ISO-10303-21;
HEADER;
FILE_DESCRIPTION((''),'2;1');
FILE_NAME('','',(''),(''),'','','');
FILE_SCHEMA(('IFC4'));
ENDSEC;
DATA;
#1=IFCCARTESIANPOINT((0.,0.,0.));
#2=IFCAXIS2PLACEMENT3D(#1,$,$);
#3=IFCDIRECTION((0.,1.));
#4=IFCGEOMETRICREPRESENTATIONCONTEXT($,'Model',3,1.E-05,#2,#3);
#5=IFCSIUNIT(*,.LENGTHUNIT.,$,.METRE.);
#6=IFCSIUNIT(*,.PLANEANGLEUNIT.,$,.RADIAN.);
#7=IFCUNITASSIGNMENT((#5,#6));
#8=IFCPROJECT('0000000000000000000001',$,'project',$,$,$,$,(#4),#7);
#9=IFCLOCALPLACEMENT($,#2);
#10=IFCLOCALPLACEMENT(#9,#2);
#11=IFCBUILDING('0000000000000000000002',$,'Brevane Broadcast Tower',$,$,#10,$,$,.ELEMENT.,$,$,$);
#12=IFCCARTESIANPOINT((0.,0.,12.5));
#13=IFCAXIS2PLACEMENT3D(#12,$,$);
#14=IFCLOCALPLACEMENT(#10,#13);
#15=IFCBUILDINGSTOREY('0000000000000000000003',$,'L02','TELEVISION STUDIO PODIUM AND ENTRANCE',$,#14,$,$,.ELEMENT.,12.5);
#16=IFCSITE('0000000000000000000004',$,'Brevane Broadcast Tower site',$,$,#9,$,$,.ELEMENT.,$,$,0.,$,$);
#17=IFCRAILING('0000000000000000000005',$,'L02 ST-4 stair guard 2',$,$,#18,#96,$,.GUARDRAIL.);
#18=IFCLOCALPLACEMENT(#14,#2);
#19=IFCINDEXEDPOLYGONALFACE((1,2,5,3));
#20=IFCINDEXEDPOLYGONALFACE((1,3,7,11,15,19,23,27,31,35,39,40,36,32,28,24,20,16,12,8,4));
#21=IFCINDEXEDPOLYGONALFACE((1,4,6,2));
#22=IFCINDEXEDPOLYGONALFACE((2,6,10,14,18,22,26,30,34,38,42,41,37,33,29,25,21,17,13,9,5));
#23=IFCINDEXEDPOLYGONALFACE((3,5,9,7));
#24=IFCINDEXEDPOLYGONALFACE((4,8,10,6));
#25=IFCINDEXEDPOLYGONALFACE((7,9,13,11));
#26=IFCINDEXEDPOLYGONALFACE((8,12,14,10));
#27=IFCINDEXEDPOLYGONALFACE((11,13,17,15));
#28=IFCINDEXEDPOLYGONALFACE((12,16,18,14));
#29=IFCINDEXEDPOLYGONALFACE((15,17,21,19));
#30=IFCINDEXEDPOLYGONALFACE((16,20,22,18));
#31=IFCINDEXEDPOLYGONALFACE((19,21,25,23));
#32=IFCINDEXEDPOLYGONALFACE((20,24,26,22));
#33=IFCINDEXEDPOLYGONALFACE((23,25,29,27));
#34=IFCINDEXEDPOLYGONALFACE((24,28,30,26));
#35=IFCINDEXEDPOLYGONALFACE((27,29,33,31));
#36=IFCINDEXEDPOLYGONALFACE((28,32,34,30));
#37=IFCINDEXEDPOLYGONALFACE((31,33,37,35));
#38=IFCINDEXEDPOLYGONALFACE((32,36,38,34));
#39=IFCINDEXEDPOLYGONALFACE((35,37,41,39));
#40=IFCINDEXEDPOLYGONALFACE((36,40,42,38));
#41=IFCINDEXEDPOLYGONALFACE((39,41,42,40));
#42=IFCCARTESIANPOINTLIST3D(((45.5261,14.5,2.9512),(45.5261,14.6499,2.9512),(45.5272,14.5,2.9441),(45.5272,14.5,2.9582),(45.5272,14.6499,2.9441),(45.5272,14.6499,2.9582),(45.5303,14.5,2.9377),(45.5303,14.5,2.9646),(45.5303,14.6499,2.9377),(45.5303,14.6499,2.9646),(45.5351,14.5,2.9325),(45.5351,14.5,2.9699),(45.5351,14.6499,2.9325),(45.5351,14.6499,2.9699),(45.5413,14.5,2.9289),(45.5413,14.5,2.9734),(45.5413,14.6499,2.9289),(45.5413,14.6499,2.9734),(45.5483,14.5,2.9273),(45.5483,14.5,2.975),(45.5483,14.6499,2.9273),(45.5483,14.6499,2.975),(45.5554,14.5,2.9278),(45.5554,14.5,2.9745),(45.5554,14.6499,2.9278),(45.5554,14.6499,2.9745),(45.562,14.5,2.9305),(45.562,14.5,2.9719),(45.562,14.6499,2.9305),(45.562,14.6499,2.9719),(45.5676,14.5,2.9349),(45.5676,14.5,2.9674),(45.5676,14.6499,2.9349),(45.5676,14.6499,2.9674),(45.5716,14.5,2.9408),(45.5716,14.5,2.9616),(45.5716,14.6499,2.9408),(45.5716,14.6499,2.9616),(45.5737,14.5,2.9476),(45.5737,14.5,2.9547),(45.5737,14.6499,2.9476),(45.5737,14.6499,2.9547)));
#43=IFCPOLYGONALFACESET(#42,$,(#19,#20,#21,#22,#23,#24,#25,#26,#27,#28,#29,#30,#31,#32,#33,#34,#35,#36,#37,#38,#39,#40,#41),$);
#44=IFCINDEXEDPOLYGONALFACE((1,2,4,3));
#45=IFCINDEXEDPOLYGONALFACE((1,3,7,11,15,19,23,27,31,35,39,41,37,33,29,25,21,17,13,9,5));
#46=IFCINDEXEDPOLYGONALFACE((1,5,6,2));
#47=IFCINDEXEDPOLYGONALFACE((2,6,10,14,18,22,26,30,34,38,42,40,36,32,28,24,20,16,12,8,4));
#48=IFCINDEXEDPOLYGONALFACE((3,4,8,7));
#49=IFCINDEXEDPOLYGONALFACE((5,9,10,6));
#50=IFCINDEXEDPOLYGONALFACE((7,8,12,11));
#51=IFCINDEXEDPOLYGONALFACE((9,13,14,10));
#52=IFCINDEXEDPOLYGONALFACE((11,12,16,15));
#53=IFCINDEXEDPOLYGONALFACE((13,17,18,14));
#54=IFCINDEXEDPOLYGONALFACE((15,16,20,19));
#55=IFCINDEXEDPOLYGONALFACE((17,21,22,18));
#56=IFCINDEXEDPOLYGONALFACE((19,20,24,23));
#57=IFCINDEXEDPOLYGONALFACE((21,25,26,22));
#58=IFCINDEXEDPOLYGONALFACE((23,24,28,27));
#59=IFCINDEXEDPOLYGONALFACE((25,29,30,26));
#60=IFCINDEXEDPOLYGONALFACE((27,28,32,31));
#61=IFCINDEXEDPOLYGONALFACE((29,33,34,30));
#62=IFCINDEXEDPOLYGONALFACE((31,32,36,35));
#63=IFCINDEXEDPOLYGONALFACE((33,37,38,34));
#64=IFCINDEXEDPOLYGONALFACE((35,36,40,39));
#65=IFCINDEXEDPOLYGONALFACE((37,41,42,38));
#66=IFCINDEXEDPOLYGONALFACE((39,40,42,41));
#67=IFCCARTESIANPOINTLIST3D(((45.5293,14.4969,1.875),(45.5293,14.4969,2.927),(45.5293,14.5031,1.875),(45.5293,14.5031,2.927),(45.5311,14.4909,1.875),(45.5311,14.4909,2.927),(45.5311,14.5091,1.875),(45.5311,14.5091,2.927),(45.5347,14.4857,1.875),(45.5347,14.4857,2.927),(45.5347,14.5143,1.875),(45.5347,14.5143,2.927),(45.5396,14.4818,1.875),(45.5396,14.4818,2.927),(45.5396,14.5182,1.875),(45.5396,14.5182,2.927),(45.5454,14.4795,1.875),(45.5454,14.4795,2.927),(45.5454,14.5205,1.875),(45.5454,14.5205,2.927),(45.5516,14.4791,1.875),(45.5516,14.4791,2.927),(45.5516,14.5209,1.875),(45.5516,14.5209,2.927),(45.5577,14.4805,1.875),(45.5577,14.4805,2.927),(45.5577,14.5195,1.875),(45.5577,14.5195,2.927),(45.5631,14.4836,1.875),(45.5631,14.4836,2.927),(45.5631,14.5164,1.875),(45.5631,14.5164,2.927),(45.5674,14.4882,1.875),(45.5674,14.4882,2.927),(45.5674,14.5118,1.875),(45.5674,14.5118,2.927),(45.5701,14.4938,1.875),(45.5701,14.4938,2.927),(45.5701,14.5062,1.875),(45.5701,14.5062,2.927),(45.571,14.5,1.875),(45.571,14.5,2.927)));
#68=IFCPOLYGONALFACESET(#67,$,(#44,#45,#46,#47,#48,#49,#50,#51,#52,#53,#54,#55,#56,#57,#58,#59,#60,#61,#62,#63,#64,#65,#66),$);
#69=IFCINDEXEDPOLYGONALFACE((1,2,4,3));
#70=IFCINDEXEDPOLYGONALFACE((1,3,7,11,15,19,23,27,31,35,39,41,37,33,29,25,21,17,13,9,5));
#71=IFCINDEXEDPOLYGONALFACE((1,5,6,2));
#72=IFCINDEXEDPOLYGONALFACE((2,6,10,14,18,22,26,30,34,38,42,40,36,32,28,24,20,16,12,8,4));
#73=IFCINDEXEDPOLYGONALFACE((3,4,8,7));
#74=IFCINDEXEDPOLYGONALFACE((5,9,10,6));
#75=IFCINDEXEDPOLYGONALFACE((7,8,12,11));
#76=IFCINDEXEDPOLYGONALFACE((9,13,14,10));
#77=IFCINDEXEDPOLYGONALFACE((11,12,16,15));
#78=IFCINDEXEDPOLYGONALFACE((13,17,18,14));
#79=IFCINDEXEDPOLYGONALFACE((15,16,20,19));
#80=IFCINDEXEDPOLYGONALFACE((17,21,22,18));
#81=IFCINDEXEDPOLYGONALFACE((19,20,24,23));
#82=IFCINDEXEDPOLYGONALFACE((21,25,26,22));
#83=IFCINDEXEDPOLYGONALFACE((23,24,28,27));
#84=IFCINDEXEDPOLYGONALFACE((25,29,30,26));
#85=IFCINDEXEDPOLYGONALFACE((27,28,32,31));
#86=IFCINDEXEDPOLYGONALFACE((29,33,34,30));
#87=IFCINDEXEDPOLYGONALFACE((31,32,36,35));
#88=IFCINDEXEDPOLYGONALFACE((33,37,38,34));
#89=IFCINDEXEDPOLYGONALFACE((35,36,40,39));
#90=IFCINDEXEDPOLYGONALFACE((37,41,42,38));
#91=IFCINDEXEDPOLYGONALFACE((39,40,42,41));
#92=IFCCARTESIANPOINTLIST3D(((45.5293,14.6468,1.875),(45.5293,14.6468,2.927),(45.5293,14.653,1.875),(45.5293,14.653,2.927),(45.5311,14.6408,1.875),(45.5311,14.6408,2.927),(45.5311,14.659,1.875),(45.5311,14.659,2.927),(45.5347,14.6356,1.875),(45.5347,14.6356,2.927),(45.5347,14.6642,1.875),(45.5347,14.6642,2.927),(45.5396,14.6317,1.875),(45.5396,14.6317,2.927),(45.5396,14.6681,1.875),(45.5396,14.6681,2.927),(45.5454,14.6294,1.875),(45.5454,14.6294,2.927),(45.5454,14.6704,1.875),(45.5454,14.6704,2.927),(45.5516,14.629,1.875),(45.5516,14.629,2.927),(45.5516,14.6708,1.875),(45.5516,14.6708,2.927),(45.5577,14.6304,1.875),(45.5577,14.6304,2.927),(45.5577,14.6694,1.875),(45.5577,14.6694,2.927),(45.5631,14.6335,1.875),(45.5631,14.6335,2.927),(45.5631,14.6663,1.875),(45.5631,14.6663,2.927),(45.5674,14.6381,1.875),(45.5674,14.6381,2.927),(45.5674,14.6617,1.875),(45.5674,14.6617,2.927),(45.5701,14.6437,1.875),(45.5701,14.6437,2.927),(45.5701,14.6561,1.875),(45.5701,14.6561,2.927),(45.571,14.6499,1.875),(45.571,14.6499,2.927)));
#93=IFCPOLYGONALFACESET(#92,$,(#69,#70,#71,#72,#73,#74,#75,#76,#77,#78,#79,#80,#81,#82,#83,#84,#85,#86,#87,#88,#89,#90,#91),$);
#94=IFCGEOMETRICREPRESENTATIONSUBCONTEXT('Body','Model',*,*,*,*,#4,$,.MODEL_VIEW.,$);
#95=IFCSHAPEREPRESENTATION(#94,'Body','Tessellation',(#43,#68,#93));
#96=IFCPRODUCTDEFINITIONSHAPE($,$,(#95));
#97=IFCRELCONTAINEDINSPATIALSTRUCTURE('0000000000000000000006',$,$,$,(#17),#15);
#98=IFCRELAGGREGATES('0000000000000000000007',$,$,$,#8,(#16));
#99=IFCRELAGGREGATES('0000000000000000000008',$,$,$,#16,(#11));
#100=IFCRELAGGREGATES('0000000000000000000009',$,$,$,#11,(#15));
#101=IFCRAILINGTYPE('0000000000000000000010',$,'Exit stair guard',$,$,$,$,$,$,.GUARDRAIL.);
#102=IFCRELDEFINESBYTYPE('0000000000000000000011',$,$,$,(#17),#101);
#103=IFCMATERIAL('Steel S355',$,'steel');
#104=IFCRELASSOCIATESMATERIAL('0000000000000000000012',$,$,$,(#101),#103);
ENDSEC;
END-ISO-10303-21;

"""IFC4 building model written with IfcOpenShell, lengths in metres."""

from ifc_helpers import new_model, si_unit, direction, frame, origin, origin_2d, place, context, subcontext, project, spatial, circle, extrude, material, type_object, element, save


model = new_model("IFC4")

# Units and contexts
model_context = context("Model", 3, precision=1e-05, world=origin(), true_north=direction((0.0, 1.0)))
body_context = subcontext(model_context, "Body", "Model", "MODEL_VIEW")
ifc_project = project(units=[si_unit("LENGTHUNIT", "METRE"), si_unit("PLANEANGLEUNIT", "RADIAN")], contexts=[model_context])

# Site, building, storey
site_placement = place(None, origin())
site = spatial("IfcSite", under=ifc_project, at=site_placement, Name="Brevane Broadcast Tower site", CompositionType="ELEMENT", RefElevation=0.0)
building_placement = place(site_placement, origin())
building = spatial("IfcBuilding", under=site, at=building_placement, Name="Brevane Broadcast Tower", CompositionType="ELEMENT")
storey_placement = place(building_placement, frame((0.0, 0.0, 12.5)))
storey = spatial("IfcBuildingStorey", under=building, at=storey_placement, Name="L02", Description="TELEVISION STUDIO PODIUM AND ENTRANCE", CompositionType="ELEMENT", Elevation=12.5)

# Railing
ifc_material_1 = material(Name="Steel S355", Category="steel")
railing_type_1 = type_object("IfcRailingType", Name="Exit stair guard", PredefinedType="GUARDRAIL", material=ifc_material_1)
railing_1_placement = place(storey_placement, frame((45.55, 14.5, 1.875)))
element("IfcRailing", 1, at=railing_1_placement, inside=storey, type_object=railing_type_1, Name="L02 ST-4 stair guard 2", PredefinedType="GUARDRAIL", context=body_context, shape_type="SweptSolid", body=[
    extrude(circle(Radius=0.0239, at=origin_2d()), frame((0.0, 0.0, 1.0762), z_axis=(0.0, 1.0, 0.0), x_axis=(-1.0, 0.0, 0.0)), (0.0, 0.0, 1.0), 0.1499),
    extrude(circle(Radius=0.021, at=origin_2d()), origin(), (0.0, 0.0, 1.0), 1.052),
    extrude(circle(Radius=0.021, at=origin_2d()), frame((0.0, 0.1499, 0.0)), (0.0, 0.0, 1.0), 1.052),
])

save(model, "model.ifc")
